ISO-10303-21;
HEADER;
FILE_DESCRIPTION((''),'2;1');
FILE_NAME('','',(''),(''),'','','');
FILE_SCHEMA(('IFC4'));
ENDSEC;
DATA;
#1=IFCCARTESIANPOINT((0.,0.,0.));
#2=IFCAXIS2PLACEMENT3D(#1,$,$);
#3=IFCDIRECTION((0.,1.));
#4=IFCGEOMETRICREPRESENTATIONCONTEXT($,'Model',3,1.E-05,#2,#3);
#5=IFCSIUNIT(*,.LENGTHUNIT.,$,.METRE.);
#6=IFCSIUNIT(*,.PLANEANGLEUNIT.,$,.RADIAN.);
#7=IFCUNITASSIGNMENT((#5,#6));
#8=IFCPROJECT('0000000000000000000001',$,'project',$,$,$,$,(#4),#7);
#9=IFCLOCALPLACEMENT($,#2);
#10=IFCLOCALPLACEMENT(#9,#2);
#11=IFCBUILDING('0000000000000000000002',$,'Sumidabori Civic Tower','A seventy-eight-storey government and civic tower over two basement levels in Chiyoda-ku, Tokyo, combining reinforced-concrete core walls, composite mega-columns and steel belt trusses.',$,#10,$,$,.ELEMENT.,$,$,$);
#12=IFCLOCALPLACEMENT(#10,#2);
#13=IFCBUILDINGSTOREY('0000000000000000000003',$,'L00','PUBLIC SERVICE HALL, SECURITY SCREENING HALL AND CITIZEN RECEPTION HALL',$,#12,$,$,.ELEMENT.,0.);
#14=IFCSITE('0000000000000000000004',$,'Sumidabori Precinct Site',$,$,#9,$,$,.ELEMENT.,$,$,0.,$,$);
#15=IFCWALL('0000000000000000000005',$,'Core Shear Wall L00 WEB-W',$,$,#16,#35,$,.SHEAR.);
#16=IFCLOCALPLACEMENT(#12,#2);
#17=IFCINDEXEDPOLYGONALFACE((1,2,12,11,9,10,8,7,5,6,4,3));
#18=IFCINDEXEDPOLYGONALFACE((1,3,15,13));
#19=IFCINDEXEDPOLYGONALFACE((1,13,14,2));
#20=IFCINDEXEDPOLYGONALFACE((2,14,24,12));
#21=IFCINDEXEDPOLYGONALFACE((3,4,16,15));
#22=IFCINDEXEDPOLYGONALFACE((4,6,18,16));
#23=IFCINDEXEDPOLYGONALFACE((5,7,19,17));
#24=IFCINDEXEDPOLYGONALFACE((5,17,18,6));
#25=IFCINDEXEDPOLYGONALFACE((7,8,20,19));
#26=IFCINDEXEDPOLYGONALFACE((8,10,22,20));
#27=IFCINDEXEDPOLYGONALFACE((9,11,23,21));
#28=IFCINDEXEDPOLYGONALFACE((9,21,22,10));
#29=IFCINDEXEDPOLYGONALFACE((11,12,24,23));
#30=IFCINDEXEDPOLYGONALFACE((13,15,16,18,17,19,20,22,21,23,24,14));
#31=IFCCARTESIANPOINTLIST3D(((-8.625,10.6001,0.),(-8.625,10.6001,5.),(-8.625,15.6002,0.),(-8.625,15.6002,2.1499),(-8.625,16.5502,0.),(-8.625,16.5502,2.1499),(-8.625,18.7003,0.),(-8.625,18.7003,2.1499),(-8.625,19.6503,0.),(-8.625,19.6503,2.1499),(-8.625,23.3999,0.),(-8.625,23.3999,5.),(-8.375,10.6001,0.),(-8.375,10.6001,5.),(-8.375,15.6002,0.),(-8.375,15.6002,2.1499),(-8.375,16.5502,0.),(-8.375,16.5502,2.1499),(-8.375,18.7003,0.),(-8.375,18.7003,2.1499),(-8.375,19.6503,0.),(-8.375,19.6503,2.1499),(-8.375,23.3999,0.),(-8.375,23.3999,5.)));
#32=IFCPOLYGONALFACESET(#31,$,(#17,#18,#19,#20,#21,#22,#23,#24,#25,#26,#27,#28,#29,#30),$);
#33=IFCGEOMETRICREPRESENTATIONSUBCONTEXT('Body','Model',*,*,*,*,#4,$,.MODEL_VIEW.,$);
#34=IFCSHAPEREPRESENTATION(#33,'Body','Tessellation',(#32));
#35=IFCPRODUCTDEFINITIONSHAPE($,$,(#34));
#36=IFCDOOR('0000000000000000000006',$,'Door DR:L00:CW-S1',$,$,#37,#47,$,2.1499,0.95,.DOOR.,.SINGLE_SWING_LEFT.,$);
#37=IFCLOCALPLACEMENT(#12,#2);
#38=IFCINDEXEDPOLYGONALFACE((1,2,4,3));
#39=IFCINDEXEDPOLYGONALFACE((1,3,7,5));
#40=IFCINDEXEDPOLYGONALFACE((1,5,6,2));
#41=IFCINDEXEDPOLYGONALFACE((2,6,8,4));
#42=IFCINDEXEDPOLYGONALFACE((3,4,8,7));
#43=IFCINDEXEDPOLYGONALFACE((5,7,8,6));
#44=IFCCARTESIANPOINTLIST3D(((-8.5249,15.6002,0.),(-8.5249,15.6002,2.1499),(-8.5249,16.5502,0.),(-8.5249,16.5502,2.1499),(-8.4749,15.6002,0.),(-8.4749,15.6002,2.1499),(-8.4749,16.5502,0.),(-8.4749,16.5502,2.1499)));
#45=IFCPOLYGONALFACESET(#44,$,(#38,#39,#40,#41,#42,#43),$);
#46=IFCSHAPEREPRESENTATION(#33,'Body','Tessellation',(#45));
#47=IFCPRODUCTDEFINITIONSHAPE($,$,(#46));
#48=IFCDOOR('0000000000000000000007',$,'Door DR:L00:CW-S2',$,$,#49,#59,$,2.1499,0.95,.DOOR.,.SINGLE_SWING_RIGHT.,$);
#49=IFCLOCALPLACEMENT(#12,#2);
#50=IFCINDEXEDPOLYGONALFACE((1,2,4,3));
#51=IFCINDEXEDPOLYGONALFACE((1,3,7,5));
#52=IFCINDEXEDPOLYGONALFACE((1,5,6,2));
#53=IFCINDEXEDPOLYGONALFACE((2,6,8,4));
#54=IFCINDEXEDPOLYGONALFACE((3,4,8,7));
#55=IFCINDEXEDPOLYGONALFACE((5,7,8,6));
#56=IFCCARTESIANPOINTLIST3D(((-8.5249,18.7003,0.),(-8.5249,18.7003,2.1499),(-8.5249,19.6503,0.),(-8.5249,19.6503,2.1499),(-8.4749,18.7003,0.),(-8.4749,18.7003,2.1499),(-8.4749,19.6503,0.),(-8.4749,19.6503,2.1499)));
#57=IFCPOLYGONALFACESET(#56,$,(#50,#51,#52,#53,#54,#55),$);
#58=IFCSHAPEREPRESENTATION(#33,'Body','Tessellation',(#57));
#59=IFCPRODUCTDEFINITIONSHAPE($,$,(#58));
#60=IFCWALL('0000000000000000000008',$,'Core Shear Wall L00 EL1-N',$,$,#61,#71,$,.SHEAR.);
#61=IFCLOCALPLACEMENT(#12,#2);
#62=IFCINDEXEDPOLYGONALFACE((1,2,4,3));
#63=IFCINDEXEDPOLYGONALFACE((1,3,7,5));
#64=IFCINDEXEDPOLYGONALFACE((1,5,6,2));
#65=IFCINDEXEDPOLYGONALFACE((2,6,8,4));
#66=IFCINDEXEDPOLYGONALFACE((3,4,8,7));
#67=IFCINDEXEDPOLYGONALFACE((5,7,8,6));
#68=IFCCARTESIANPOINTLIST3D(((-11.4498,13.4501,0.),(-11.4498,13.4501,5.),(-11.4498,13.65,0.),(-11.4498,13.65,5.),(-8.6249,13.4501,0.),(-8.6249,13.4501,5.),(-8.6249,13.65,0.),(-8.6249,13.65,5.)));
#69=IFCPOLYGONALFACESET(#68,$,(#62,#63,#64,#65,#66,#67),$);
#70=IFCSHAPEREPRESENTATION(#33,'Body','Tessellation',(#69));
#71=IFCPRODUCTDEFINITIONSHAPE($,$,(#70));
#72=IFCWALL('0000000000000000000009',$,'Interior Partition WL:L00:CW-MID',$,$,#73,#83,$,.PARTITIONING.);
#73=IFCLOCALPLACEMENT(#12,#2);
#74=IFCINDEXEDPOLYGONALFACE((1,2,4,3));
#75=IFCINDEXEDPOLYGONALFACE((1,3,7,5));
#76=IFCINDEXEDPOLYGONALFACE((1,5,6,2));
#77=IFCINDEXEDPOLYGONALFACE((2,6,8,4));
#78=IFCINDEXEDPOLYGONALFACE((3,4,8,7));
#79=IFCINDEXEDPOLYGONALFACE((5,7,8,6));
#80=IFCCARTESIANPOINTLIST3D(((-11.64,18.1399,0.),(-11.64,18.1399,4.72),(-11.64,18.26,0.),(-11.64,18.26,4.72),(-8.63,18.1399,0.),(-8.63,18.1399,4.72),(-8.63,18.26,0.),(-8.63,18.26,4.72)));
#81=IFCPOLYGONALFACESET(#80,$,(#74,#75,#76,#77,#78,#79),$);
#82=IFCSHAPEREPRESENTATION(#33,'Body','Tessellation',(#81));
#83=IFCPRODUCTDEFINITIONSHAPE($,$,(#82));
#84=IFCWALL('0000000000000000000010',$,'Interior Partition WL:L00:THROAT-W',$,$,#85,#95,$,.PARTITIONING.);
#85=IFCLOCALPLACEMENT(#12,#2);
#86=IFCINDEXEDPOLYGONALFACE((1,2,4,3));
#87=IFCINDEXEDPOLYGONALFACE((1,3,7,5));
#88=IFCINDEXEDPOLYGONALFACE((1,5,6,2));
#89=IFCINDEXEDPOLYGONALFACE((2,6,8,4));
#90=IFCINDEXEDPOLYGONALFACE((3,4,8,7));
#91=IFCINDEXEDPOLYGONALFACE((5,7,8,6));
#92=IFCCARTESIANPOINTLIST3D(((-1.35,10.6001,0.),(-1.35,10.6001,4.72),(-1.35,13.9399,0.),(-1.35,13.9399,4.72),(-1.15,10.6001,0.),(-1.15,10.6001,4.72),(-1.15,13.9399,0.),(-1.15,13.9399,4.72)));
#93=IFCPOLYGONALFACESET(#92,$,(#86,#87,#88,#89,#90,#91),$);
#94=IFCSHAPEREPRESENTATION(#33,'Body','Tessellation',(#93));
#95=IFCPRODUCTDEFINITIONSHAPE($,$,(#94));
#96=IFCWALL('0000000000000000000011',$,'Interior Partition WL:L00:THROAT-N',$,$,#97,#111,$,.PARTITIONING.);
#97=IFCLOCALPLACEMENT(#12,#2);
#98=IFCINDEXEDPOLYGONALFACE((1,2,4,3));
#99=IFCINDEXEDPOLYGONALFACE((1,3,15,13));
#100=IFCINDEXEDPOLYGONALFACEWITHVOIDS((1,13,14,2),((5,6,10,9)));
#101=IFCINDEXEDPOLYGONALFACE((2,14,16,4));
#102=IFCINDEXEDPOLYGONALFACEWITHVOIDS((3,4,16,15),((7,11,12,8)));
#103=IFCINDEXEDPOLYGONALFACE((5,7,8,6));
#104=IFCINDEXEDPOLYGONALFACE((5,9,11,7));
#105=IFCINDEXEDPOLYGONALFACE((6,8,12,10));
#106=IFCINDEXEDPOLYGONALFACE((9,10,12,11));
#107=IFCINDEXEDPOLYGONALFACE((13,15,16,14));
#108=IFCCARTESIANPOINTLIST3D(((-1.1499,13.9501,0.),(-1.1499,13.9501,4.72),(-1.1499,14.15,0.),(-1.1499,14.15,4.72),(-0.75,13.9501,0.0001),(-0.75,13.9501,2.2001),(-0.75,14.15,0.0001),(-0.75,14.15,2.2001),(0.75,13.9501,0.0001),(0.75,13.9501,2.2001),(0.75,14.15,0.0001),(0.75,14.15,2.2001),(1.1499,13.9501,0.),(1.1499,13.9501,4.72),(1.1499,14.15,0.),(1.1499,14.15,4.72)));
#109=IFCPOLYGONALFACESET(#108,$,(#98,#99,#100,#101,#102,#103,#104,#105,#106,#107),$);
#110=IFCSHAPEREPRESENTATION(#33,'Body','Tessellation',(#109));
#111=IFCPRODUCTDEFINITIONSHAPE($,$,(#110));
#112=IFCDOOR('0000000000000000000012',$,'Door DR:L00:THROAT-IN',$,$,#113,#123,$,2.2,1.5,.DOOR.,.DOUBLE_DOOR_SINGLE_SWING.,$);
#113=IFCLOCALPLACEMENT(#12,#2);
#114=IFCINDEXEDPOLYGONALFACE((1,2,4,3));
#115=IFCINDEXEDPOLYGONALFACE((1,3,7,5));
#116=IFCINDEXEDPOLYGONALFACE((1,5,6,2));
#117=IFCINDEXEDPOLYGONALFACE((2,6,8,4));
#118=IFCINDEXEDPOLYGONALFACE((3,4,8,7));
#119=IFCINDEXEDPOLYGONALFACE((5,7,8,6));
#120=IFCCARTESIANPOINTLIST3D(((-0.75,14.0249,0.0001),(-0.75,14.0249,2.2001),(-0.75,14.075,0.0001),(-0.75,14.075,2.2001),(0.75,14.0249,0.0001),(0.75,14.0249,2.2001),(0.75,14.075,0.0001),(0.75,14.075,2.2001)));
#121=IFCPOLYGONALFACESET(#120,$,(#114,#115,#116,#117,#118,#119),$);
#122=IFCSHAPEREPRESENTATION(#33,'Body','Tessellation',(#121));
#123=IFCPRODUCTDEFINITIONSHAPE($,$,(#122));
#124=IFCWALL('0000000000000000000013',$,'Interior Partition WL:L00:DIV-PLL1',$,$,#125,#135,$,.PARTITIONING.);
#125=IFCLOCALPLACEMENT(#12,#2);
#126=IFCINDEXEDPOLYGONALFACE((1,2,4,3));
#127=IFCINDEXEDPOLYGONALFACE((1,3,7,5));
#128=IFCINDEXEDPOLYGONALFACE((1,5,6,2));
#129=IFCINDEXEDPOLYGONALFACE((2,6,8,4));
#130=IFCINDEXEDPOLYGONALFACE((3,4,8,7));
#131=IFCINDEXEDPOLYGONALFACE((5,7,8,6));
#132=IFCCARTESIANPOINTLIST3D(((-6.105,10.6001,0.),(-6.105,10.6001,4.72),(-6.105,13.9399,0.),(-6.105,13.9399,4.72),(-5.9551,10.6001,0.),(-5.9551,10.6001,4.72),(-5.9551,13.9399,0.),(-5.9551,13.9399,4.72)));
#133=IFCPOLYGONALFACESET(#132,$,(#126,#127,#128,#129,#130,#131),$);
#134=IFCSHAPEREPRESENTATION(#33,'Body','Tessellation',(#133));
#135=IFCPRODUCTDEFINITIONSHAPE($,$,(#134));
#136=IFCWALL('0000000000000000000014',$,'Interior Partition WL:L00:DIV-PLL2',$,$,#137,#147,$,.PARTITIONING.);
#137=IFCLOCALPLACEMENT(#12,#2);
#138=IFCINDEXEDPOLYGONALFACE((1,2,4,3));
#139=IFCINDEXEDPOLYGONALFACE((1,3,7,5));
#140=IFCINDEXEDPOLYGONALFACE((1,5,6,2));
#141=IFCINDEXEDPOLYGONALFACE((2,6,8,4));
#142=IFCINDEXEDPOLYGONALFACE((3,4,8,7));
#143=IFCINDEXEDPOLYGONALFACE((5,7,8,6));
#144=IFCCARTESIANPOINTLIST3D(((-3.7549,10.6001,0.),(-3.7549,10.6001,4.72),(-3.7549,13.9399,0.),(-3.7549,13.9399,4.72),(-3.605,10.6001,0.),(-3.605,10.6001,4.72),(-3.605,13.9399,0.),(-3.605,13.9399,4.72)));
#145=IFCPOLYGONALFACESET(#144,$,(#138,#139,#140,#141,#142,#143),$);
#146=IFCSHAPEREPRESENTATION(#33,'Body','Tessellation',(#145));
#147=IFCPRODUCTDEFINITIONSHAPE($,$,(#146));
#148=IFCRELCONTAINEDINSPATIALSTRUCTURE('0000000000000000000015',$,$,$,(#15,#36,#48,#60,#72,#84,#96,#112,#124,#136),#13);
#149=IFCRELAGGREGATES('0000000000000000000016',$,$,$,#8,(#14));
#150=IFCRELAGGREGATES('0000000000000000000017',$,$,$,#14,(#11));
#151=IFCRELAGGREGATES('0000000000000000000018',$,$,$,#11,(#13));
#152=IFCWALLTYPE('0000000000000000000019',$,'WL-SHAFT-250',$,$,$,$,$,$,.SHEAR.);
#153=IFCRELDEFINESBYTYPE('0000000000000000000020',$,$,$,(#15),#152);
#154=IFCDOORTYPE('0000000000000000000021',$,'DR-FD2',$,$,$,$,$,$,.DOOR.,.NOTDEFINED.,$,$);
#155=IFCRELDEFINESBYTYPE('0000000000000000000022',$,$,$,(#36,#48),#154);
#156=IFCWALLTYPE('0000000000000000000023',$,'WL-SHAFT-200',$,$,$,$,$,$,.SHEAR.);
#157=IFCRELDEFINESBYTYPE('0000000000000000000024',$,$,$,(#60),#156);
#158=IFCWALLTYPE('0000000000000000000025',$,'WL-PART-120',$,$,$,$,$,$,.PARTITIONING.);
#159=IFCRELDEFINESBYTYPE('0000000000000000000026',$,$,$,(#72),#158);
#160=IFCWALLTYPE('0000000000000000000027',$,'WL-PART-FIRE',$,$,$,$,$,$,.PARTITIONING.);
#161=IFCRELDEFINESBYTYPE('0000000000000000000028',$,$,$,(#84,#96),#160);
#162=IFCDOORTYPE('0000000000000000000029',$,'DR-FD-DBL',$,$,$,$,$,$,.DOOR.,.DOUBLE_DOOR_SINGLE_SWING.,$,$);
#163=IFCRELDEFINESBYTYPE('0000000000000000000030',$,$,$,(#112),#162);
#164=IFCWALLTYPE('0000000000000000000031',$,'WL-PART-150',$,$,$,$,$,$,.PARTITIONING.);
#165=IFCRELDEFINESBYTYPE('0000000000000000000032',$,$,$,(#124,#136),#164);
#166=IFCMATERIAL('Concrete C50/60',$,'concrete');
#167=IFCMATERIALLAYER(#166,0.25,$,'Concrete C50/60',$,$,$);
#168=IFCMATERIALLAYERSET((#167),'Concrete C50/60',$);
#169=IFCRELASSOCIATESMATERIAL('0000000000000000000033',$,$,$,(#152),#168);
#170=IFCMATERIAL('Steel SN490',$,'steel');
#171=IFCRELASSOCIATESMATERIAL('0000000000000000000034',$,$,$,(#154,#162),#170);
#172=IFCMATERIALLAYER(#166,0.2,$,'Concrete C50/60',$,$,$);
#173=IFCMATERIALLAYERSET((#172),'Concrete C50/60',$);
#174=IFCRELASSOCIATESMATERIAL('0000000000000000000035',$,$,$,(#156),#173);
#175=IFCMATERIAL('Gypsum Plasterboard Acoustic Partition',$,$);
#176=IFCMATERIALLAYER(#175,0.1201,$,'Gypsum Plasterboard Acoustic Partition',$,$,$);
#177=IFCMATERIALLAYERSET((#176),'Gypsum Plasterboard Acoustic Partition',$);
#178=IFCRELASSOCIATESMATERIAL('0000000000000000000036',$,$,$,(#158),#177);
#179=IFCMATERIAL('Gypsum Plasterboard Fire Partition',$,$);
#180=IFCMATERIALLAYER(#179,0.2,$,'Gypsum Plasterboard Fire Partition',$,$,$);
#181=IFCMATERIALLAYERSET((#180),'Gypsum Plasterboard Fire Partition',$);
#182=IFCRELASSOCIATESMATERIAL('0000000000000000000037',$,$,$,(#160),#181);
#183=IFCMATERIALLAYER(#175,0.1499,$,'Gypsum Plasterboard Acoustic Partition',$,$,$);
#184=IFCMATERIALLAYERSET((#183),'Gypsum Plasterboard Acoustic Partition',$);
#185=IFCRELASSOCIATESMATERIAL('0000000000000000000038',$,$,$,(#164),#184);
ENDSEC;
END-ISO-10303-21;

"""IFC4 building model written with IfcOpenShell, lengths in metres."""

from ifc_helpers import new_model, si_unit, direction, frame, frame_2d, origin, place, context, subcontext, project, spatial, rectangle, extrude, source, transform, mapped, material, layer, layer_set, type_object, element, fill, save


model = new_model("IFC4")

# Units and contexts
model_context = context("Model", 3, precision=1e-05, world=origin(), true_north=direction((0.0, 1.0)))
body_context = subcontext(model_context, "Body", "Model", "MODEL_VIEW")
ifc_project = project(units=[si_unit("LENGTHUNIT", "METRE"), si_unit("PLANEANGLEUNIT", "RADIAN")], contexts=[model_context])

# Site, building, storey
site_placement = place(None, origin())
site = spatial("IfcSite", under=ifc_project, at=site_placement, Name="Sumidabori Precinct Site", CompositionType="ELEMENT", RefElevation=0.0)
building_placement = place(site_placement, origin())
building = spatial("IfcBuilding", under=site, at=building_placement, Name="Sumidabori Civic Tower", Description="A seventy-eight-storey government and civic tower over two basement levels in Chiyoda-ku, Tokyo, combining reinforced-concrete core walls, composite mega-columns and steel belt trusses.", CompositionType="ELEMENT")
storey_placement = place(building_placement, origin())
storey = spatial("IfcBuildingStorey", under=building, at=storey_placement, Name="L00", Description="PUBLIC SERVICE HALL, SECURITY SCREENING HALL AND CITIZEN RECEPTION HALL", CompositionType="ELEMENT", Elevation=0.0)

# Wall, openings, doors
ifc_material_1 = material(Name="Concrete C50/60", Category="concrete")
ifc_layer_1 = layer(ifc_material_1, 0.25, Name="Concrete C50/60")
ifc_layer_set_1 = layer_set([ifc_layer_1], Name="Concrete C50/60")
wall_type_1 = type_object("IfcWallType", Name="WL-SHAFT-250", PredefinedType="SHEAR", material=ifc_layer_set_1)
shared_shape_1 = source(origin(), body_context, "Body", "SweptSolid", [
    extrude(rectangle(XDim=12.7998, YDim=0.25, at=frame_2d((6.3999, 0.0))), origin(), (0.0, 0.0, 1.0), 5.0),
])
wall_1_placement = place(storey_placement, frame((-8.5, 10.6001, 0.0), z_axis=(0.0, 0.0, 1.0), x_axis=(0.0, 1.0, 0.0)))
wall_1 = element("IfcWall", 1, at=wall_1_placement, inside=storey, type_object=wall_type_1, Name="Core Shear Wall L00 WEB-W", PredefinedType="SHEAR", context=body_context, shape_type="MappedRepresentation", body=[
    mapped(shared_shape_1, transform((0.0, 0.0, 0.0), x_axis=(1.0, 0.0, 0.0), y_axis=(0.0, 1.0, 0.0), z_axis=(0.0, 0.0, 1.0), scale=1.0)),
])
opening_1_placement = place(wall_1_placement, frame((5.0, 0.0, 0.0)))
opening_1 = element("IfcOpeningElement", 2, at=opening_1_placement, cuts=wall_1, PredefinedType="OPENING", context=body_context, shape_type="SweptSolid", body=[
    extrude(rectangle(XDim=0.95, YDim=2.1499, at=frame_2d((0.4751, 1.075))), frame((0.0, 0.137, 0.0), z_axis=(0.0, -1.0, 0.0), x_axis=(1.0, 0.0, 0.0)), (0.0, 0.0, 1.0), 0.2739),
])
opening_2_placement = place(wall_1_placement, frame((8.1001, 0.0, 0.0)))
opening_2 = element("IfcOpeningElement", 3, at=opening_2_placement, cuts=wall_1, PredefinedType="OPENING", context=body_context, shape_type="SweptSolid", body=[
    extrude(rectangle(XDim=0.95, YDim=2.1499, at=frame_2d((0.4751, 1.075))), frame((0.0, 0.137, 0.0), z_axis=(0.0, -1.0, 0.0), x_axis=(1.0, 0.0, 0.0)), (0.0, 0.0, 1.0), 0.2739),
])
ifc_material_2 = material(Name="Steel SN490", Category="steel")
door_type_1 = type_object("IfcDoorType", Name="DR-FD2", OperationType="NOTDEFINED", PredefinedType="DOOR", material=ifc_material_2)
shared_shape_2 = source(origin(), body_context, "Body", "SweptSolid", [
    extrude(rectangle(XDim=0.95, YDim=2.1499, at=frame_2d((0.4751, 1.075))), frame((0.0, 0.0249, 0.0), z_axis=(0.0, -1.0, 0.0), x_axis=(1.0, 0.0, 0.0)), (0.0, 0.0, 1.0), 0.05),
])
door_1_placement = place(opening_1_placement, origin())
door_1 = element("IfcDoor", 4, at=door_1_placement, inside=storey, type_object=door_type_1, Name="Door DR:L00:CW-S1", OperationType="SINGLE_SWING_LEFT", OverallHeight=2.1499, OverallWidth=0.95, PredefinedType="DOOR", context=body_context, shape_type="MappedRepresentation", body=[
    mapped(shared_shape_2, transform((0.0, 0.0, 0.0), x_axis=(1.0, 0.0, 0.0), y_axis=(0.0, 1.0, 0.0), z_axis=(0.0, 0.0, 1.0), scale=1.0)),
])
fill(opening_1, door_1)
door_2_placement = place(opening_2_placement, origin())
door_2 = element("IfcDoor", 5, at=door_2_placement, inside=storey, type_object=door_type_1, Name="Door DR:L00:CW-S2", OperationType="SINGLE_SWING_RIGHT", OverallHeight=2.1499, OverallWidth=0.95, PredefinedType="DOOR", context=body_context, shape_type="MappedRepresentation", body=[
    mapped(shared_shape_2, transform((0.0, 0.0, 0.0), x_axis=(1.0, 0.0, 0.0), y_axis=(0.0, 1.0, 0.0), z_axis=(0.0, 0.0, 1.0), scale=1.0)),
])
fill(opening_2, door_2)

# Shared definitions
ifc_layer_2 = layer(ifc_material_1, 0.2, Name="Concrete C50/60")
ifc_layer_set_2 = layer_set([ifc_layer_2], Name="Concrete C50/60")
wall_type_2 = type_object("IfcWallType", Name="WL-SHAFT-200", PredefinedType="SHEAR", material=ifc_layer_set_2)

# Walls
shared_shape_3 = source(origin(), body_context, "Body", "SweptSolid", [
    extrude(rectangle(XDim=2.825, YDim=0.2, at=frame_2d((1.4126, 0.0))), origin(), (0.0, 0.0, 1.0), 5.0),
])
wall_2_placement = place(storey_placement, frame((-11.45, 13.55, 0.0), z_axis=(0.0, 0.0, 1.0), x_axis=(1.0, 0.0, 0.0)))
element("IfcWall", 6, at=wall_2_placement, inside=storey, type_object=wall_type_2, Name="Core Shear Wall L00 EL1-N", PredefinedType="SHEAR", context=body_context, shape_type="MappedRepresentation", body=[
    mapped(shared_shape_3, transform((0.0, 0.0, 0.0), x_axis=(1.0, 0.0, 0.0), y_axis=(0.0, 1.0, 0.0), z_axis=(0.0, 0.0, 1.0), scale=1.0)),
])
ifc_material_3 = material(Name="Gypsum Plasterboard Acoustic Partition")
ifc_layer_3 = layer(ifc_material_3, 0.1201, Name="Gypsum Plasterboard Acoustic Partition")
ifc_layer_set_3 = layer_set([ifc_layer_3], Name="Gypsum Plasterboard Acoustic Partition")
wall_type_3 = type_object("IfcWallType", Name="WL-PART-120", PredefinedType="PARTITIONING", material=ifc_layer_set_3)
shared_shape_4 = source(origin(), body_context, "Body", "SweptSolid", [
    extrude(rectangle(XDim=3.01, YDim=0.1201, at=frame_2d((1.5049, 0.0))), origin(), (0.0, 0.0, 1.0), 4.72),
])
wall_3_placement = place(storey_placement, frame((-11.6399, 18.2, 0.0), z_axis=(0.0, 0.0, 1.0), x_axis=(1.0, 0.0, 0.0)))
element("IfcWall", 7, at=wall_3_placement, inside=storey, type_object=wall_type_3, Name="Interior Partition WL:L00:CW-MID", PredefinedType="PARTITIONING", context=body_context, shape_type="MappedRepresentation", body=[
    mapped(shared_shape_4, transform((0.0, 0.0, 0.0), x_axis=(1.0, 0.0, 0.0), y_axis=(0.0, 1.0, 0.0), z_axis=(0.0, 0.0, 1.0), scale=1.0)),
])

# Shared definitions
ifc_material_4 = material(Name="Gypsum Plasterboard Fire Partition")
ifc_layer_4 = layer(ifc_material_4, 0.2, Name="Gypsum Plasterboard Fire Partition")
ifc_layer_set_4 = layer_set([ifc_layer_4], Name="Gypsum Plasterboard Fire Partition")
wall_type_4 = type_object("IfcWallType", Name="WL-PART-FIRE", PredefinedType="PARTITIONING", material=ifc_layer_set_4)

# Wall
shared_shape_5 = source(origin(), body_context, "Body", "SweptSolid", [
    extrude(rectangle(XDim=3.3398, YDim=0.2, at=frame_2d((1.6699, 0.0))), origin(), (0.0, 0.0, 1.0), 4.72),
])
wall_4_placement = place(storey_placement, frame((-1.25, 10.6001, 0.0), z_axis=(0.0, 0.0, 1.0), x_axis=(0.0, 1.0, 0.0)))
element("IfcWall", 8, at=wall_4_placement, inside=storey, type_object=wall_type_4, Name="Interior Partition WL:L00:THROAT-W", PredefinedType="PARTITIONING", context=body_context, shape_type="MappedRepresentation", body=[
    mapped(shared_shape_5, transform((0.0, 0.0, 0.0), x_axis=(1.0, 0.0, 0.0), y_axis=(0.0, 1.0, 0.0), z_axis=(0.0, 0.0, 1.0), scale=1.0)),
])

# Wall, opening, door
shared_shape_6 = source(origin(), body_context, "Body", "SweptSolid", [
    extrude(rectangle(XDim=2.2998, YDim=0.2, at=frame_2d((1.1499, 0.0))), origin(), (0.0, 0.0, 1.0), 4.72),
])
wall_5_placement = place(storey_placement, frame((-1.1499, 14.05, 0.0), z_axis=(0.0, 0.0, 1.0), x_axis=(1.0, 0.0, 0.0)))
wall_5 = element("IfcWall", 9, at=wall_5_placement, inside=storey, type_object=wall_type_4, Name="Interior Partition WL:L00:THROAT-N", PredefinedType="PARTITIONING", context=body_context, shape_type="MappedRepresentation", body=[
    mapped(shared_shape_6, transform((0.0, 0.0, 0.0), x_axis=(1.0, 0.0, 0.0), y_axis=(0.0, 1.0, 0.0), z_axis=(0.0, 0.0, 1.0), scale=1.0)),
])
opening_3_placement = place(wall_5_placement, frame((0.3999, 0.0, 0.0)))
opening_3 = element("IfcOpeningElement", 10, at=opening_3_placement, cuts=wall_5, PredefinedType="OPENING", context=body_context, shape_type="SweptSolid", body=[
    extrude(rectangle(XDim=1.5, YDim=2.2, at=frame_2d((0.75, 1.1001))), frame((0.0, 0.1118, 0.0), z_axis=(0.0, -1.0, 0.0), x_axis=(1.0, 0.0, 0.0)), (0.0, 0.0, 1.0), 0.2239),
])
door_type_2 = type_object("IfcDoorType", Name="DR-FD-DBL", OperationType="DOUBLE_DOOR_SINGLE_SWING", PredefinedType="DOOR", material=ifc_material_2)
shared_shape_7 = source(origin(), body_context, "Body", "SweptSolid", [
    extrude(rectangle(XDim=1.5, YDim=2.2, at=frame_2d((0.75, 1.1001))), frame((0.0, 0.0249, 0.0), z_axis=(0.0, -1.0, 0.0), x_axis=(1.0, 0.0, 0.0)), (0.0, 0.0, 1.0), 0.05),
])
door_3_placement = place(opening_3_placement, origin())
door_3 = element("IfcDoor", 11, at=door_3_placement, inside=storey, type_object=door_type_2, Name="Door DR:L00:THROAT-IN", OperationType="DOUBLE_DOOR_SINGLE_SWING", OverallHeight=2.2, OverallWidth=1.5, PredefinedType="DOOR", context=body_context, shape_type="MappedRepresentation", body=[
    mapped(shared_shape_7, transform((0.0, 0.0, 0.0), x_axis=(1.0, 0.0, 0.0), y_axis=(0.0, 1.0, 0.0), z_axis=(0.0, 0.0, 1.0), scale=1.0)),
])
fill(opening_3, door_3)

# Shared definitions
ifc_layer_5 = layer(ifc_material_3, 0.1499, Name="Gypsum Plasterboard Acoustic Partition")
ifc_layer_set_5 = layer_set([ifc_layer_5], Name="Gypsum Plasterboard Acoustic Partition")
wall_type_5 = type_object("IfcWallType", Name="WL-PART-150", PredefinedType="PARTITIONING", material=ifc_layer_set_5)

# Walls
shared_shape_8 = source(origin(), body_context, "Body", "SweptSolid", [
    extrude(rectangle(XDim=3.3398, YDim=0.1499, at=frame_2d((1.6699, 0.0))), origin(), (0.0, 0.0, 1.0), 4.72),
])
for number, where, z_axis, x_axis, name in (
    (12, (-6.03, 10.6001, 0.0), (0.0, 0.0, 1.0), (0.0, 1.0, 0.0), "Interior Partition WL:L00:DIV-PLL1"),
    (13, (-3.6799, 10.6001, 0.0), (0.0, 0.0, 1.0), (0.0, 1.0, 0.0), "Interior Partition WL:L00:DIV-PLL2"),
):
    element("IfcWall", number, at=place(storey_placement, frame(where, z_axis=z_axis, x_axis=x_axis)), inside=storey, type_object=wall_type_5, Name=name, PredefinedType="PARTITIONING", context=body_context, shape_type="MappedRepresentation", body=[
        mapped(shared_shape_8, transform((0.0, 0.0, 0.0), x_axis=(1.0, 0.0, 0.0), y_axis=(0.0, 1.0, 0.0), z_axis=(0.0, 0.0, 1.0), scale=1.0)),
    ])

save(model, "model.ifc")
